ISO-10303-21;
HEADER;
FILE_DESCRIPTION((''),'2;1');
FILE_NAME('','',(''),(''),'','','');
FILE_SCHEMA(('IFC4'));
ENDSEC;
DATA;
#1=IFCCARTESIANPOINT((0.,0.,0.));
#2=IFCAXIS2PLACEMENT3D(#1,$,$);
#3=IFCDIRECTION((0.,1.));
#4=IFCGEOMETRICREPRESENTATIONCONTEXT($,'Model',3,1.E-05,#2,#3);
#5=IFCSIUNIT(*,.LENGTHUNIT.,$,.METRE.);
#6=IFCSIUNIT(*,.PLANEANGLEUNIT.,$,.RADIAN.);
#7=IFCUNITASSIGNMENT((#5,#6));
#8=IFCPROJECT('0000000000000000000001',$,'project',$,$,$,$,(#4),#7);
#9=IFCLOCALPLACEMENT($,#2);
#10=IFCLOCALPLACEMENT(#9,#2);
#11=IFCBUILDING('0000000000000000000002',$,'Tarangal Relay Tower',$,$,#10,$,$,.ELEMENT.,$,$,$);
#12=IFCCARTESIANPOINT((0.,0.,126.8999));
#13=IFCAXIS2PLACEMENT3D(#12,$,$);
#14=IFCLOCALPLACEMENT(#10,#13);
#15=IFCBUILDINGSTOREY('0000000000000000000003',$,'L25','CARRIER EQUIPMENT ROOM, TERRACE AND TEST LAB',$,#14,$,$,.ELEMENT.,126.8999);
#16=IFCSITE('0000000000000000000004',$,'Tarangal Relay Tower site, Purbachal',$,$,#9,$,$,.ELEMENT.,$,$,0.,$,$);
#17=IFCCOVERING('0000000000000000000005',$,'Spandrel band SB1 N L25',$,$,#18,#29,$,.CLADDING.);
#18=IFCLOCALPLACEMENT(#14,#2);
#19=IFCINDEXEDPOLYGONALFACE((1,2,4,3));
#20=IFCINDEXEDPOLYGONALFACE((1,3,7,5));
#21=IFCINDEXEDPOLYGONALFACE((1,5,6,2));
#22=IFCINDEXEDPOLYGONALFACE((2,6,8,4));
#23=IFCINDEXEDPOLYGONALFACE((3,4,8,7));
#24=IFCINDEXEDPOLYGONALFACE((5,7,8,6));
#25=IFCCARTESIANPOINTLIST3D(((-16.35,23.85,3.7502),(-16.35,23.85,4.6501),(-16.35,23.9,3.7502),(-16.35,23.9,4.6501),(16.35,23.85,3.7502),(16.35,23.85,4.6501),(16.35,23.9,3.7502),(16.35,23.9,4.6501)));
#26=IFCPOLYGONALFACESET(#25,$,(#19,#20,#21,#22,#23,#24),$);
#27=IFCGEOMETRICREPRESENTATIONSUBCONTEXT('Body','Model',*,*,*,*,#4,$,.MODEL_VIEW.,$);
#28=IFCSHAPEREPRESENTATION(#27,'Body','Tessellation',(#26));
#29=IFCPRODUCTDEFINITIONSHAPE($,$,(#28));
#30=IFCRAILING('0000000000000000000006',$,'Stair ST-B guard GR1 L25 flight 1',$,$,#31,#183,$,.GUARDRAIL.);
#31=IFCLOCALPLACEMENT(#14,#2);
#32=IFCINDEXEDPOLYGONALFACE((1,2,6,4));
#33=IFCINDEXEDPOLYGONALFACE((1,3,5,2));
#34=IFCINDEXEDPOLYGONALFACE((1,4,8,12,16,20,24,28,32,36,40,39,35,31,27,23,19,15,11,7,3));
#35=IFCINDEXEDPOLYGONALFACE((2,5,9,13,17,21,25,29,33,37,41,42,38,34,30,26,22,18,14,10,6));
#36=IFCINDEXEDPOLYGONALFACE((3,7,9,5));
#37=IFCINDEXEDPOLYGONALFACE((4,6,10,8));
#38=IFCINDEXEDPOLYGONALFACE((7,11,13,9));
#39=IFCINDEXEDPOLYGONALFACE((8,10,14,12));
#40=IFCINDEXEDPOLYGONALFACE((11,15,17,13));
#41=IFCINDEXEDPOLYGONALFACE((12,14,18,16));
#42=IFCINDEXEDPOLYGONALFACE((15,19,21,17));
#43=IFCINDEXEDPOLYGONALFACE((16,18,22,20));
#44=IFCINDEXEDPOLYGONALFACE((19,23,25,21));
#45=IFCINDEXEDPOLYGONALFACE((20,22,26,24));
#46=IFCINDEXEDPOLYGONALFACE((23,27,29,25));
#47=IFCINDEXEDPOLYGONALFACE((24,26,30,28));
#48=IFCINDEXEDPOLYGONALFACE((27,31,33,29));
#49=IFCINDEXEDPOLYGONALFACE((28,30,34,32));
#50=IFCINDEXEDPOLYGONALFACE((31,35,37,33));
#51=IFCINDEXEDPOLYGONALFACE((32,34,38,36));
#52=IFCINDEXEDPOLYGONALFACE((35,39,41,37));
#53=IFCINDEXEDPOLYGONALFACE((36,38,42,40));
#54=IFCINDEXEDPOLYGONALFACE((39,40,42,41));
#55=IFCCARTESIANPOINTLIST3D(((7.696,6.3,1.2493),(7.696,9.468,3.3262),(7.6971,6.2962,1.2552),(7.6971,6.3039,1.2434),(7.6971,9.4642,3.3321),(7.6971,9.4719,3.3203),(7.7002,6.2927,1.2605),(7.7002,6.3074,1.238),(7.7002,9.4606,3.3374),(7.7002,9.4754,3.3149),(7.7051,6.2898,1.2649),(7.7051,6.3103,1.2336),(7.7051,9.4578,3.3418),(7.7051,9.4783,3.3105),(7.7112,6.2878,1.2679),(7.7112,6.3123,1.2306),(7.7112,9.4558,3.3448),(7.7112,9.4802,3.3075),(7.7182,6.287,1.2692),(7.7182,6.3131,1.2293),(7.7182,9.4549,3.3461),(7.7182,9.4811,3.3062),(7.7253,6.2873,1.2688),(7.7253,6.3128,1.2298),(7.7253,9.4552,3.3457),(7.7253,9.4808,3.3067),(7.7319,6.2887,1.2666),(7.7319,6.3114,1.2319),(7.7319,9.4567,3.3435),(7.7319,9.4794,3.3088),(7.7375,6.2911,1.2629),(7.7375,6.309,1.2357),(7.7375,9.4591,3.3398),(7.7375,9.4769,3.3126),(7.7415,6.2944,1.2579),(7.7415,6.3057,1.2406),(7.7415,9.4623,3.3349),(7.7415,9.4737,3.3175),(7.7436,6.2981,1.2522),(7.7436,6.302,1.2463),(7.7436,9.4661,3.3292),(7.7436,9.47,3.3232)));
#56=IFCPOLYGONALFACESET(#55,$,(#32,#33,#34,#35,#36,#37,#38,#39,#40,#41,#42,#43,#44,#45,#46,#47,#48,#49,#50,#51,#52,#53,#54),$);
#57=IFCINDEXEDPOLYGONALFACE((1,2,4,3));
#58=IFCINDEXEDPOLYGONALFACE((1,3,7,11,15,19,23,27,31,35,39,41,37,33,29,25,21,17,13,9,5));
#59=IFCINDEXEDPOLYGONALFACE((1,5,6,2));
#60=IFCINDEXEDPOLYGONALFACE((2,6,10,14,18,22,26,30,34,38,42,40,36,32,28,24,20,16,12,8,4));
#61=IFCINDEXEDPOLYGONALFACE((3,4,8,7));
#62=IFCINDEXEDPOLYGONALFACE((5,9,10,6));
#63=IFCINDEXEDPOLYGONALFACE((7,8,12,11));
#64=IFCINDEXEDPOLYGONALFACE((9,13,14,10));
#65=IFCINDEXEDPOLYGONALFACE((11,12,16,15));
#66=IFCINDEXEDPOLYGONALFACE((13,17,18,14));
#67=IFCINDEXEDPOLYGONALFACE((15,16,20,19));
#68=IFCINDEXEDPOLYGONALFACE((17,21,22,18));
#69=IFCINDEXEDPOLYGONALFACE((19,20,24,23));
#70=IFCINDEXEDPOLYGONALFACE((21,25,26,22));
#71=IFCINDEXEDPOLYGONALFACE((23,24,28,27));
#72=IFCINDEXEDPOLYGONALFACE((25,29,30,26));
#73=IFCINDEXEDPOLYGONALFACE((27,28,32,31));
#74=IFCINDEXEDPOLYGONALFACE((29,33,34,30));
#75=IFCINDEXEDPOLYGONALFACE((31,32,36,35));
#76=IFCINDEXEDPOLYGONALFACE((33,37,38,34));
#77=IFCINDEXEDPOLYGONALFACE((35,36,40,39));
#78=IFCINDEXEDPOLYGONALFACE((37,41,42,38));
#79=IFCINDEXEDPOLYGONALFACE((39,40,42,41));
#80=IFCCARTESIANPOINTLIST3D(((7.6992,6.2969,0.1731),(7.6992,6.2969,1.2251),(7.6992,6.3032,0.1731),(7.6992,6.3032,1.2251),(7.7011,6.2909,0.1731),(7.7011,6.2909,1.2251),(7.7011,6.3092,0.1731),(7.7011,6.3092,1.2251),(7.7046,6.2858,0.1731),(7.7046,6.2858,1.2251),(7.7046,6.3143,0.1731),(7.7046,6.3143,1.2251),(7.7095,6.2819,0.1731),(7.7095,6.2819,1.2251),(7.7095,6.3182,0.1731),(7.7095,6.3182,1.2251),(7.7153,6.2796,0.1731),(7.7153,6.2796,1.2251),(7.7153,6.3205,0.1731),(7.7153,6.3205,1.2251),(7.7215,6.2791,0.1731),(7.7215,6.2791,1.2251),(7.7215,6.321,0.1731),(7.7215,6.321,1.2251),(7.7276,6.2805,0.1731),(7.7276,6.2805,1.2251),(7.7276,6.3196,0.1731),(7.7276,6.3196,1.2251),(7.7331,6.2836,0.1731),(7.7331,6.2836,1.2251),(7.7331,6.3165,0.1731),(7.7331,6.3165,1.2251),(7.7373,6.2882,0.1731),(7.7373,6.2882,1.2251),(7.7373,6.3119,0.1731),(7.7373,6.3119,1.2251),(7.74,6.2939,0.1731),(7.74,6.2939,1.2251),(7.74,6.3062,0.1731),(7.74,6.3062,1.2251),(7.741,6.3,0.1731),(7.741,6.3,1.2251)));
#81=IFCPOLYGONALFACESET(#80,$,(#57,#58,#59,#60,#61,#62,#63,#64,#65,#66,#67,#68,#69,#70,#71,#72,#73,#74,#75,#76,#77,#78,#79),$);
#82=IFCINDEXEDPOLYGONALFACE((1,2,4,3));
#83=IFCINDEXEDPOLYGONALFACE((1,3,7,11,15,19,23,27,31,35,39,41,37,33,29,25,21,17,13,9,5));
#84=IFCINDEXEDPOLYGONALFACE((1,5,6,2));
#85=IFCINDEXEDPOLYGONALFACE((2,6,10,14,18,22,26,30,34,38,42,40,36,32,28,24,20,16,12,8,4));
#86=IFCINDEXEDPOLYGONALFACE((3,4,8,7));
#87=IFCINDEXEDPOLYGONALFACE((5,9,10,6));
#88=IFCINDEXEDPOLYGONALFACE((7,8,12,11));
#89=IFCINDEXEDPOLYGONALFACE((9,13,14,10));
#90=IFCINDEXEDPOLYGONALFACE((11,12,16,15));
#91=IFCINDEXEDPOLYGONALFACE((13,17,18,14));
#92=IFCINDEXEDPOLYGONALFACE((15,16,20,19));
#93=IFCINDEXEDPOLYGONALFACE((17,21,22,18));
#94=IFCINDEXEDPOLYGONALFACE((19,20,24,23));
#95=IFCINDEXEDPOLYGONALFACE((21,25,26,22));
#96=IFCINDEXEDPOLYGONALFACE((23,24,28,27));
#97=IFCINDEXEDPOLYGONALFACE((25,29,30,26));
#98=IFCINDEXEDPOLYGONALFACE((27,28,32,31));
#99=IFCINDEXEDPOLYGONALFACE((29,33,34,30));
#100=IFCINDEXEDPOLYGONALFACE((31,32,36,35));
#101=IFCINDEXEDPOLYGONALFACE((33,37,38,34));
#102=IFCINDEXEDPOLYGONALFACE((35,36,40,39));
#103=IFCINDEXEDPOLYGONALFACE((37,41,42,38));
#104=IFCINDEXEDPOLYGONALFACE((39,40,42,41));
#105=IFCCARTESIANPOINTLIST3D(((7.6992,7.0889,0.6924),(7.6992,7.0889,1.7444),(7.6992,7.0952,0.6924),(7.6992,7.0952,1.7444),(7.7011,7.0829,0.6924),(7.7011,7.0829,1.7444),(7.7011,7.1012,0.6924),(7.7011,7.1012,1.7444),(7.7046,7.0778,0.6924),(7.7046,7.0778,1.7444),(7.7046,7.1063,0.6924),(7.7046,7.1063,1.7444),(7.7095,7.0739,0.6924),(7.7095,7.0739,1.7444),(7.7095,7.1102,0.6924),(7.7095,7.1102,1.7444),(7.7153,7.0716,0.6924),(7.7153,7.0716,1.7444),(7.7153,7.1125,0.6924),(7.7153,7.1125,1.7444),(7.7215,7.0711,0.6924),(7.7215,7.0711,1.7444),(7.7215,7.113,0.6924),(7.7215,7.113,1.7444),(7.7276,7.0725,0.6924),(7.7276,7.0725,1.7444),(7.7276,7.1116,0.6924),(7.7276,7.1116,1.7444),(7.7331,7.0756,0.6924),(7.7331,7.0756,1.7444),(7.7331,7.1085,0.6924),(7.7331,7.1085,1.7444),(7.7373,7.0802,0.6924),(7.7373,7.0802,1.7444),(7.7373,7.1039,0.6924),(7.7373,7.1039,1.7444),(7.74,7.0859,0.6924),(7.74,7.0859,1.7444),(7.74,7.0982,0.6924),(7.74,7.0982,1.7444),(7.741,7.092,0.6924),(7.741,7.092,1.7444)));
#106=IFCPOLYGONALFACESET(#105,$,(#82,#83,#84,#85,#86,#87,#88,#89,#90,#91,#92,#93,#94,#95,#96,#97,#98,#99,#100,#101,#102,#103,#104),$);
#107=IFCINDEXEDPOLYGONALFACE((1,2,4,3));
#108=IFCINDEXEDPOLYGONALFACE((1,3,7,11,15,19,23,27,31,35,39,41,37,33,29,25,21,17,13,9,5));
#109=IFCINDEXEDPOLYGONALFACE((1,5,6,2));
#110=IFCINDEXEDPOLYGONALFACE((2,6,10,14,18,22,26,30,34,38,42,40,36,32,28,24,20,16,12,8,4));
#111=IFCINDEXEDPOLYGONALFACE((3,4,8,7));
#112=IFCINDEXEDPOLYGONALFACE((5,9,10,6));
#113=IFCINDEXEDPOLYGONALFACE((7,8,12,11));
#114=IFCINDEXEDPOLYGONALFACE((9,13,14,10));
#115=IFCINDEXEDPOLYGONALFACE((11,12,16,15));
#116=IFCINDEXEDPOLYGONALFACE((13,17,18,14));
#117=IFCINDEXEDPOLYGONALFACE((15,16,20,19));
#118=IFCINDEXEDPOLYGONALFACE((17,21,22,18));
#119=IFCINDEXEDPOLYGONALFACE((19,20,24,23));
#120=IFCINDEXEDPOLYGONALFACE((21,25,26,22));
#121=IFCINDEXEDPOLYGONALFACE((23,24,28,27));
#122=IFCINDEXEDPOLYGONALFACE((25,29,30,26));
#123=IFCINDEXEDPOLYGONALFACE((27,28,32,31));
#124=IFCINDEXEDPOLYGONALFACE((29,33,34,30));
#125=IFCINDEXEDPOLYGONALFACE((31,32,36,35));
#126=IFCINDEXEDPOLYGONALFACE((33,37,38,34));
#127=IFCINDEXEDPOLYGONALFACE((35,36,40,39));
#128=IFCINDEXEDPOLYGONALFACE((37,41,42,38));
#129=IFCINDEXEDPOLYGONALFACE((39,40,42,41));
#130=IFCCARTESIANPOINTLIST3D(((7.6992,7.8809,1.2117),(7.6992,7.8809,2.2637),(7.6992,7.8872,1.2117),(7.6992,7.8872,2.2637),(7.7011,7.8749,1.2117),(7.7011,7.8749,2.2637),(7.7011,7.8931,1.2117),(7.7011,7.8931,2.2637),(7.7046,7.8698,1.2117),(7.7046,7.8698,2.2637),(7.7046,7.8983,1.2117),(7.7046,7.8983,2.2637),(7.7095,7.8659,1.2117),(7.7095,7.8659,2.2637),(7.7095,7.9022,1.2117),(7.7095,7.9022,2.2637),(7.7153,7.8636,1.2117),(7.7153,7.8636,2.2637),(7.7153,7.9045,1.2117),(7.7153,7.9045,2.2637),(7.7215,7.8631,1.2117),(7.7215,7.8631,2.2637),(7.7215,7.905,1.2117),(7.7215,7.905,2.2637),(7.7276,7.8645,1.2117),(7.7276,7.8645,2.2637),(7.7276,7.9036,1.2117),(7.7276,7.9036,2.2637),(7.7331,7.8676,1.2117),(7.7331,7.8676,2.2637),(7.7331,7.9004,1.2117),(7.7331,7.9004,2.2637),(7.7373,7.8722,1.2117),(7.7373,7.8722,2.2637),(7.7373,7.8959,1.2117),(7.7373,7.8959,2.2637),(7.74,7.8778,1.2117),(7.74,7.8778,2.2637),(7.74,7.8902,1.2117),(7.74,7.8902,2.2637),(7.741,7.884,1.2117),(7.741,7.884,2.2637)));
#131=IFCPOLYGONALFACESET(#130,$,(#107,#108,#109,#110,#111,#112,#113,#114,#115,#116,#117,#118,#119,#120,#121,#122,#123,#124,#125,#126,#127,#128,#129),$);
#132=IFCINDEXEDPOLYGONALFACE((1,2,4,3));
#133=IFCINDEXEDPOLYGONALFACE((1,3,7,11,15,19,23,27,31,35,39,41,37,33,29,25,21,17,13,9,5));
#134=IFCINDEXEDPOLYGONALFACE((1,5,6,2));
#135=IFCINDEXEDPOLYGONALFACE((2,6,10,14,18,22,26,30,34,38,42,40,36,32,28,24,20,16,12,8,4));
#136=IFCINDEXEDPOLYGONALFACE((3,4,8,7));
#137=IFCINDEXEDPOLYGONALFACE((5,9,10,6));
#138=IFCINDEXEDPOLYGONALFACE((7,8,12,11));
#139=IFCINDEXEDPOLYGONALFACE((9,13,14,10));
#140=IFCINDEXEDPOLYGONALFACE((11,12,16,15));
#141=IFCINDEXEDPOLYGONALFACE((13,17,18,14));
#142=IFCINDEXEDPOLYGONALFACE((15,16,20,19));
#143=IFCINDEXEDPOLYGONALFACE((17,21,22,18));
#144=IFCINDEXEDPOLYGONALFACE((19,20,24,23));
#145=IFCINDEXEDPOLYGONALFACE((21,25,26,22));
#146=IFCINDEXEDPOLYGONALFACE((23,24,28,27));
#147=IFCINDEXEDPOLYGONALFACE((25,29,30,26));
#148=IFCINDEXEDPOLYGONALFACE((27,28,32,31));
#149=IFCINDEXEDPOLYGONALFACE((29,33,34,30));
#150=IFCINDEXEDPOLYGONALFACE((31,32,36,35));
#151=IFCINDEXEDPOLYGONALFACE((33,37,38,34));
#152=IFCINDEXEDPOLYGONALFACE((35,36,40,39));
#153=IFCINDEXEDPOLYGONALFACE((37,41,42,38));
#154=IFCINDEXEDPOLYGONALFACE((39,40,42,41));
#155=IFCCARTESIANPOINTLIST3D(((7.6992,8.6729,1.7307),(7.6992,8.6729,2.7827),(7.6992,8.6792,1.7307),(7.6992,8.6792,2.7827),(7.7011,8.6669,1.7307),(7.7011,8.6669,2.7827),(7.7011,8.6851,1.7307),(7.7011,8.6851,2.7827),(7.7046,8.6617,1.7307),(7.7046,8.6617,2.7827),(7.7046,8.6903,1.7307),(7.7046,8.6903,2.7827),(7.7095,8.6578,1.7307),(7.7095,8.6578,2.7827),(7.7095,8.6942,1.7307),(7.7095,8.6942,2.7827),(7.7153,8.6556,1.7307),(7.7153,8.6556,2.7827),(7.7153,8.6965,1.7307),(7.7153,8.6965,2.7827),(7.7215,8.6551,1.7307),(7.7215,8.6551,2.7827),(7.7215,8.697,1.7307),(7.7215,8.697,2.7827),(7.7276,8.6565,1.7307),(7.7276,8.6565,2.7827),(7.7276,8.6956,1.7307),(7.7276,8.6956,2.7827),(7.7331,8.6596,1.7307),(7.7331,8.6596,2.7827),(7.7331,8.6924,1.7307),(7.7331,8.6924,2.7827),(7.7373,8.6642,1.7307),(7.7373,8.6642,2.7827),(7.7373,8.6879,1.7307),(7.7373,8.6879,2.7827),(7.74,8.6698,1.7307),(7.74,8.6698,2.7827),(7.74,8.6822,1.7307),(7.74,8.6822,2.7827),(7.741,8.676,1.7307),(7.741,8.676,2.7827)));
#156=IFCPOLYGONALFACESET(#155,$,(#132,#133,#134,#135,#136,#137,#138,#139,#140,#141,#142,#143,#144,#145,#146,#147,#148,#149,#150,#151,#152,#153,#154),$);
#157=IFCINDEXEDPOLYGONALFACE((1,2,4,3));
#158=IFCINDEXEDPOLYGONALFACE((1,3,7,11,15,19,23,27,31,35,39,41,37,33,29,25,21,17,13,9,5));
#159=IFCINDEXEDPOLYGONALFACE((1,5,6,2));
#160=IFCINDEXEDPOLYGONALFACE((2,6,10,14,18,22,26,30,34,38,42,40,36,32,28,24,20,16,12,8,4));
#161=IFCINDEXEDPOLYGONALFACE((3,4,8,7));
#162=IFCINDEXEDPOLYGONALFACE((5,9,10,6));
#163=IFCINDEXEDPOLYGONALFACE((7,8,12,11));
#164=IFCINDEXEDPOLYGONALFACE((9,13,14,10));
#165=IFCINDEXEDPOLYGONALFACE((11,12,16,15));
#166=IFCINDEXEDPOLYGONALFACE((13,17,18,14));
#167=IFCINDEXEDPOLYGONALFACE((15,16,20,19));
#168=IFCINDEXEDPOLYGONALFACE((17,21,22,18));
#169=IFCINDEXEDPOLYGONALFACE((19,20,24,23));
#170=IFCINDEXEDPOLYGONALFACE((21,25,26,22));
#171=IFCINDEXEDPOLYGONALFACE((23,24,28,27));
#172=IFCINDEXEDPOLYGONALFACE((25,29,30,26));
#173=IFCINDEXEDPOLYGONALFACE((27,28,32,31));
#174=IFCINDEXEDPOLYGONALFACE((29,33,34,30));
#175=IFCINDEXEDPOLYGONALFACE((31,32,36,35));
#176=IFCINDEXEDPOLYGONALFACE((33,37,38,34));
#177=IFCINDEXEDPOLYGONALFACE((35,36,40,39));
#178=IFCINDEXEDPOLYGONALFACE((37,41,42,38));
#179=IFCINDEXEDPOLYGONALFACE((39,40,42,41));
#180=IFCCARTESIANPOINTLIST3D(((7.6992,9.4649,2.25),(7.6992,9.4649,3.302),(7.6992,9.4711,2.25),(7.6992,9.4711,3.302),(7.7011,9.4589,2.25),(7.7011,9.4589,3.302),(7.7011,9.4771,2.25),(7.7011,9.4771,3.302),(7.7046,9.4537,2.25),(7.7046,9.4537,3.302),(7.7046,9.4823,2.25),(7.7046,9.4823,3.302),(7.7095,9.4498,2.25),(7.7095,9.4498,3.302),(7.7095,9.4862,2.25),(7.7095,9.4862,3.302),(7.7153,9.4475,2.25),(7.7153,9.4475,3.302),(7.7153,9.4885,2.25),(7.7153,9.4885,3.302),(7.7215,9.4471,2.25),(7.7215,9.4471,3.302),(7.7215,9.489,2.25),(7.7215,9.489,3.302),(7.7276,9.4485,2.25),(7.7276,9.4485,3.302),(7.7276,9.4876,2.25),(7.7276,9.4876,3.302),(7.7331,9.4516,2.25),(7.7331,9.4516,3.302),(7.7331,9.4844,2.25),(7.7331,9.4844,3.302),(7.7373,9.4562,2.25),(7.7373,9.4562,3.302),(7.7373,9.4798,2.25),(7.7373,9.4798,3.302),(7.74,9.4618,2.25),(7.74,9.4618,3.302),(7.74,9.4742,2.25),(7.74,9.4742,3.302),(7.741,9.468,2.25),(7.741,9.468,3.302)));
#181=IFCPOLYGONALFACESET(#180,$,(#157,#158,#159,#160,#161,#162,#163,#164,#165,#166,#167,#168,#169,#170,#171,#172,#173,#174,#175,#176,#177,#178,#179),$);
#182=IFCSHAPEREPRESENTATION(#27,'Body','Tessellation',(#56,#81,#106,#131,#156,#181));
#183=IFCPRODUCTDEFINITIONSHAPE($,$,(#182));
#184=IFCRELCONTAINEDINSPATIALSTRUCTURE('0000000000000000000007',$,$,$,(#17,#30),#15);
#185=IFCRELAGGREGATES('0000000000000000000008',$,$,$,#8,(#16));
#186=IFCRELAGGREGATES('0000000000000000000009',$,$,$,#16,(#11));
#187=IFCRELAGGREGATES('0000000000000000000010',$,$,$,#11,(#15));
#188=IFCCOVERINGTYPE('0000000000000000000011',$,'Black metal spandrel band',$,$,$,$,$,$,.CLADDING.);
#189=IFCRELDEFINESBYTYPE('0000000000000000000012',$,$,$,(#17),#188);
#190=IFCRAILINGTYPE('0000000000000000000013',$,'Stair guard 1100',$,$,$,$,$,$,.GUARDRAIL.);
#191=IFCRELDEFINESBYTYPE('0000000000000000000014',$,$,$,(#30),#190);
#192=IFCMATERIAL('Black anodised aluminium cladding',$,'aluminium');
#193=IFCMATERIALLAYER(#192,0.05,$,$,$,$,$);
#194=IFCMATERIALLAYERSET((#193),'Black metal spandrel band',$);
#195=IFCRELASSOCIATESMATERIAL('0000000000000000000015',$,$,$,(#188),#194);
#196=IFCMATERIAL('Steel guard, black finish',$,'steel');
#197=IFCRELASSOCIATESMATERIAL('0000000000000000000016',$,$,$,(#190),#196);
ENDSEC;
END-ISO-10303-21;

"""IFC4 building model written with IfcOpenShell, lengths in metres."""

from ifc_helpers import new_model, si_unit, direction, frame, origin, origin_2d, place, context, subcontext, project, spatial, rectangle, circle, extrude, material, layer, layer_set, type_object, element, save


model = new_model("IFC4")

# Units and contexts
model_context = context("Model", 3, precision=1e-05, world=origin(), true_north=direction((0.0, 1.0)))
body_context = subcontext(model_context, "Body", "Model", "MODEL_VIEW")
ifc_project = project(units=[si_unit("LENGTHUNIT", "METRE"), si_unit("PLANEANGLEUNIT", "RADIAN")], contexts=[model_context])

# Site, building, storey
site_placement = place(None, origin())
site = spatial("IfcSite", under=ifc_project, at=site_placement, Name="Tarangal Relay Tower site, Purbachal", CompositionType="ELEMENT", RefElevation=0.0)
building_placement = place(site_placement, origin())
building = spatial("IfcBuilding", under=site, at=building_placement, Name="Tarangal Relay Tower", CompositionType="ELEMENT")
storey_placement = place(building_placement, frame((0.0, 0.0, 126.8999)))
storey = spatial("IfcBuildingStorey", under=building, at=storey_placement, Name="L25", Description="CARRIER EQUIPMENT ROOM, TERRACE AND TEST LAB", CompositionType="ELEMENT", Elevation=126.8999)

# Covering
ifc_material_1 = material(Name="Black anodised aluminium cladding", Category="aluminium")
ifc_layer_1 = layer(ifc_material_1, 0.05)
ifc_layer_set_1 = layer_set([ifc_layer_1], Name="Black metal spandrel band")
covering_type = type_object("IfcCoveringType", Name="Black metal spandrel band", PredefinedType="CLADDING", material=ifc_layer_set_1)
covering_placement = place(storey_placement, frame((0.0, 23.875, 3.7502), z_axis=(0.0, 0.0, 1.0), x_axis=(1.0, 0.0, 0.0)))
element("IfcCovering", 1, at=covering_placement, inside=storey, type_object=covering_type, Name="Spandrel band SB1 N L25", PredefinedType="CLADDING", context=body_context, shape_type="SweptSolid", body=[
    extrude(rectangle(XDim=32.7, YDim=0.05, at=origin_2d()), origin(), (0.0, 0.0, 1.0), 0.8999),
])

# Railing
ifc_material_2 = material(Name="Steel guard, black finish", Category="steel")
railing_type_1 = type_object("IfcRailingType", Name="Stair guard 1100", PredefinedType="GUARDRAIL", material=ifc_material_2)
railing_1_placement = place(storey_placement, frame((7.72, 6.3, 0.1731)))
element("IfcRailing", 2, at=railing_1_placement, inside=storey, type_object=railing_type_1, Name="Stair ST-B guard GR1 L25 flight 1", PredefinedType="GUARDRAIL", context=body_context, shape_type="SweptSolid", body=[
    extrude(circle(Radius=0.0239, at=origin_2d()), frame((0.0, 0.0, 1.0762), z_axis=(0.0, 0.836299, 0.548273), x_axis=(-1.0, 0.0, 0.0)), (0.0, 0.0, 1.0), 3.7881),
    extrude(circle(Radius=0.021, at=origin_2d()), origin(), (0.0, 0.0, 1.0), 1.052),
    extrude(circle(Radius=0.021, at=origin_2d()), frame((0.0, 0.792, 0.5193)), (0.0, 0.0, 1.0), 1.052),
    extrude(circle(Radius=0.021, at=origin_2d()), frame((0.0, 1.584, 1.0386)), (0.0, 0.0, 1.0), 1.052),
    extrude(circle(Radius=0.021, at=origin_2d()), frame((0.0, 2.376, 1.5576)), (0.0, 0.0, 1.0), 1.052),
    extrude(circle(Radius=0.021, at=origin_2d()), frame((0.0, 3.168, 2.0769)), (0.0, 0.0, 1.0), 1.052),
])

save(model, "model.ifc")
